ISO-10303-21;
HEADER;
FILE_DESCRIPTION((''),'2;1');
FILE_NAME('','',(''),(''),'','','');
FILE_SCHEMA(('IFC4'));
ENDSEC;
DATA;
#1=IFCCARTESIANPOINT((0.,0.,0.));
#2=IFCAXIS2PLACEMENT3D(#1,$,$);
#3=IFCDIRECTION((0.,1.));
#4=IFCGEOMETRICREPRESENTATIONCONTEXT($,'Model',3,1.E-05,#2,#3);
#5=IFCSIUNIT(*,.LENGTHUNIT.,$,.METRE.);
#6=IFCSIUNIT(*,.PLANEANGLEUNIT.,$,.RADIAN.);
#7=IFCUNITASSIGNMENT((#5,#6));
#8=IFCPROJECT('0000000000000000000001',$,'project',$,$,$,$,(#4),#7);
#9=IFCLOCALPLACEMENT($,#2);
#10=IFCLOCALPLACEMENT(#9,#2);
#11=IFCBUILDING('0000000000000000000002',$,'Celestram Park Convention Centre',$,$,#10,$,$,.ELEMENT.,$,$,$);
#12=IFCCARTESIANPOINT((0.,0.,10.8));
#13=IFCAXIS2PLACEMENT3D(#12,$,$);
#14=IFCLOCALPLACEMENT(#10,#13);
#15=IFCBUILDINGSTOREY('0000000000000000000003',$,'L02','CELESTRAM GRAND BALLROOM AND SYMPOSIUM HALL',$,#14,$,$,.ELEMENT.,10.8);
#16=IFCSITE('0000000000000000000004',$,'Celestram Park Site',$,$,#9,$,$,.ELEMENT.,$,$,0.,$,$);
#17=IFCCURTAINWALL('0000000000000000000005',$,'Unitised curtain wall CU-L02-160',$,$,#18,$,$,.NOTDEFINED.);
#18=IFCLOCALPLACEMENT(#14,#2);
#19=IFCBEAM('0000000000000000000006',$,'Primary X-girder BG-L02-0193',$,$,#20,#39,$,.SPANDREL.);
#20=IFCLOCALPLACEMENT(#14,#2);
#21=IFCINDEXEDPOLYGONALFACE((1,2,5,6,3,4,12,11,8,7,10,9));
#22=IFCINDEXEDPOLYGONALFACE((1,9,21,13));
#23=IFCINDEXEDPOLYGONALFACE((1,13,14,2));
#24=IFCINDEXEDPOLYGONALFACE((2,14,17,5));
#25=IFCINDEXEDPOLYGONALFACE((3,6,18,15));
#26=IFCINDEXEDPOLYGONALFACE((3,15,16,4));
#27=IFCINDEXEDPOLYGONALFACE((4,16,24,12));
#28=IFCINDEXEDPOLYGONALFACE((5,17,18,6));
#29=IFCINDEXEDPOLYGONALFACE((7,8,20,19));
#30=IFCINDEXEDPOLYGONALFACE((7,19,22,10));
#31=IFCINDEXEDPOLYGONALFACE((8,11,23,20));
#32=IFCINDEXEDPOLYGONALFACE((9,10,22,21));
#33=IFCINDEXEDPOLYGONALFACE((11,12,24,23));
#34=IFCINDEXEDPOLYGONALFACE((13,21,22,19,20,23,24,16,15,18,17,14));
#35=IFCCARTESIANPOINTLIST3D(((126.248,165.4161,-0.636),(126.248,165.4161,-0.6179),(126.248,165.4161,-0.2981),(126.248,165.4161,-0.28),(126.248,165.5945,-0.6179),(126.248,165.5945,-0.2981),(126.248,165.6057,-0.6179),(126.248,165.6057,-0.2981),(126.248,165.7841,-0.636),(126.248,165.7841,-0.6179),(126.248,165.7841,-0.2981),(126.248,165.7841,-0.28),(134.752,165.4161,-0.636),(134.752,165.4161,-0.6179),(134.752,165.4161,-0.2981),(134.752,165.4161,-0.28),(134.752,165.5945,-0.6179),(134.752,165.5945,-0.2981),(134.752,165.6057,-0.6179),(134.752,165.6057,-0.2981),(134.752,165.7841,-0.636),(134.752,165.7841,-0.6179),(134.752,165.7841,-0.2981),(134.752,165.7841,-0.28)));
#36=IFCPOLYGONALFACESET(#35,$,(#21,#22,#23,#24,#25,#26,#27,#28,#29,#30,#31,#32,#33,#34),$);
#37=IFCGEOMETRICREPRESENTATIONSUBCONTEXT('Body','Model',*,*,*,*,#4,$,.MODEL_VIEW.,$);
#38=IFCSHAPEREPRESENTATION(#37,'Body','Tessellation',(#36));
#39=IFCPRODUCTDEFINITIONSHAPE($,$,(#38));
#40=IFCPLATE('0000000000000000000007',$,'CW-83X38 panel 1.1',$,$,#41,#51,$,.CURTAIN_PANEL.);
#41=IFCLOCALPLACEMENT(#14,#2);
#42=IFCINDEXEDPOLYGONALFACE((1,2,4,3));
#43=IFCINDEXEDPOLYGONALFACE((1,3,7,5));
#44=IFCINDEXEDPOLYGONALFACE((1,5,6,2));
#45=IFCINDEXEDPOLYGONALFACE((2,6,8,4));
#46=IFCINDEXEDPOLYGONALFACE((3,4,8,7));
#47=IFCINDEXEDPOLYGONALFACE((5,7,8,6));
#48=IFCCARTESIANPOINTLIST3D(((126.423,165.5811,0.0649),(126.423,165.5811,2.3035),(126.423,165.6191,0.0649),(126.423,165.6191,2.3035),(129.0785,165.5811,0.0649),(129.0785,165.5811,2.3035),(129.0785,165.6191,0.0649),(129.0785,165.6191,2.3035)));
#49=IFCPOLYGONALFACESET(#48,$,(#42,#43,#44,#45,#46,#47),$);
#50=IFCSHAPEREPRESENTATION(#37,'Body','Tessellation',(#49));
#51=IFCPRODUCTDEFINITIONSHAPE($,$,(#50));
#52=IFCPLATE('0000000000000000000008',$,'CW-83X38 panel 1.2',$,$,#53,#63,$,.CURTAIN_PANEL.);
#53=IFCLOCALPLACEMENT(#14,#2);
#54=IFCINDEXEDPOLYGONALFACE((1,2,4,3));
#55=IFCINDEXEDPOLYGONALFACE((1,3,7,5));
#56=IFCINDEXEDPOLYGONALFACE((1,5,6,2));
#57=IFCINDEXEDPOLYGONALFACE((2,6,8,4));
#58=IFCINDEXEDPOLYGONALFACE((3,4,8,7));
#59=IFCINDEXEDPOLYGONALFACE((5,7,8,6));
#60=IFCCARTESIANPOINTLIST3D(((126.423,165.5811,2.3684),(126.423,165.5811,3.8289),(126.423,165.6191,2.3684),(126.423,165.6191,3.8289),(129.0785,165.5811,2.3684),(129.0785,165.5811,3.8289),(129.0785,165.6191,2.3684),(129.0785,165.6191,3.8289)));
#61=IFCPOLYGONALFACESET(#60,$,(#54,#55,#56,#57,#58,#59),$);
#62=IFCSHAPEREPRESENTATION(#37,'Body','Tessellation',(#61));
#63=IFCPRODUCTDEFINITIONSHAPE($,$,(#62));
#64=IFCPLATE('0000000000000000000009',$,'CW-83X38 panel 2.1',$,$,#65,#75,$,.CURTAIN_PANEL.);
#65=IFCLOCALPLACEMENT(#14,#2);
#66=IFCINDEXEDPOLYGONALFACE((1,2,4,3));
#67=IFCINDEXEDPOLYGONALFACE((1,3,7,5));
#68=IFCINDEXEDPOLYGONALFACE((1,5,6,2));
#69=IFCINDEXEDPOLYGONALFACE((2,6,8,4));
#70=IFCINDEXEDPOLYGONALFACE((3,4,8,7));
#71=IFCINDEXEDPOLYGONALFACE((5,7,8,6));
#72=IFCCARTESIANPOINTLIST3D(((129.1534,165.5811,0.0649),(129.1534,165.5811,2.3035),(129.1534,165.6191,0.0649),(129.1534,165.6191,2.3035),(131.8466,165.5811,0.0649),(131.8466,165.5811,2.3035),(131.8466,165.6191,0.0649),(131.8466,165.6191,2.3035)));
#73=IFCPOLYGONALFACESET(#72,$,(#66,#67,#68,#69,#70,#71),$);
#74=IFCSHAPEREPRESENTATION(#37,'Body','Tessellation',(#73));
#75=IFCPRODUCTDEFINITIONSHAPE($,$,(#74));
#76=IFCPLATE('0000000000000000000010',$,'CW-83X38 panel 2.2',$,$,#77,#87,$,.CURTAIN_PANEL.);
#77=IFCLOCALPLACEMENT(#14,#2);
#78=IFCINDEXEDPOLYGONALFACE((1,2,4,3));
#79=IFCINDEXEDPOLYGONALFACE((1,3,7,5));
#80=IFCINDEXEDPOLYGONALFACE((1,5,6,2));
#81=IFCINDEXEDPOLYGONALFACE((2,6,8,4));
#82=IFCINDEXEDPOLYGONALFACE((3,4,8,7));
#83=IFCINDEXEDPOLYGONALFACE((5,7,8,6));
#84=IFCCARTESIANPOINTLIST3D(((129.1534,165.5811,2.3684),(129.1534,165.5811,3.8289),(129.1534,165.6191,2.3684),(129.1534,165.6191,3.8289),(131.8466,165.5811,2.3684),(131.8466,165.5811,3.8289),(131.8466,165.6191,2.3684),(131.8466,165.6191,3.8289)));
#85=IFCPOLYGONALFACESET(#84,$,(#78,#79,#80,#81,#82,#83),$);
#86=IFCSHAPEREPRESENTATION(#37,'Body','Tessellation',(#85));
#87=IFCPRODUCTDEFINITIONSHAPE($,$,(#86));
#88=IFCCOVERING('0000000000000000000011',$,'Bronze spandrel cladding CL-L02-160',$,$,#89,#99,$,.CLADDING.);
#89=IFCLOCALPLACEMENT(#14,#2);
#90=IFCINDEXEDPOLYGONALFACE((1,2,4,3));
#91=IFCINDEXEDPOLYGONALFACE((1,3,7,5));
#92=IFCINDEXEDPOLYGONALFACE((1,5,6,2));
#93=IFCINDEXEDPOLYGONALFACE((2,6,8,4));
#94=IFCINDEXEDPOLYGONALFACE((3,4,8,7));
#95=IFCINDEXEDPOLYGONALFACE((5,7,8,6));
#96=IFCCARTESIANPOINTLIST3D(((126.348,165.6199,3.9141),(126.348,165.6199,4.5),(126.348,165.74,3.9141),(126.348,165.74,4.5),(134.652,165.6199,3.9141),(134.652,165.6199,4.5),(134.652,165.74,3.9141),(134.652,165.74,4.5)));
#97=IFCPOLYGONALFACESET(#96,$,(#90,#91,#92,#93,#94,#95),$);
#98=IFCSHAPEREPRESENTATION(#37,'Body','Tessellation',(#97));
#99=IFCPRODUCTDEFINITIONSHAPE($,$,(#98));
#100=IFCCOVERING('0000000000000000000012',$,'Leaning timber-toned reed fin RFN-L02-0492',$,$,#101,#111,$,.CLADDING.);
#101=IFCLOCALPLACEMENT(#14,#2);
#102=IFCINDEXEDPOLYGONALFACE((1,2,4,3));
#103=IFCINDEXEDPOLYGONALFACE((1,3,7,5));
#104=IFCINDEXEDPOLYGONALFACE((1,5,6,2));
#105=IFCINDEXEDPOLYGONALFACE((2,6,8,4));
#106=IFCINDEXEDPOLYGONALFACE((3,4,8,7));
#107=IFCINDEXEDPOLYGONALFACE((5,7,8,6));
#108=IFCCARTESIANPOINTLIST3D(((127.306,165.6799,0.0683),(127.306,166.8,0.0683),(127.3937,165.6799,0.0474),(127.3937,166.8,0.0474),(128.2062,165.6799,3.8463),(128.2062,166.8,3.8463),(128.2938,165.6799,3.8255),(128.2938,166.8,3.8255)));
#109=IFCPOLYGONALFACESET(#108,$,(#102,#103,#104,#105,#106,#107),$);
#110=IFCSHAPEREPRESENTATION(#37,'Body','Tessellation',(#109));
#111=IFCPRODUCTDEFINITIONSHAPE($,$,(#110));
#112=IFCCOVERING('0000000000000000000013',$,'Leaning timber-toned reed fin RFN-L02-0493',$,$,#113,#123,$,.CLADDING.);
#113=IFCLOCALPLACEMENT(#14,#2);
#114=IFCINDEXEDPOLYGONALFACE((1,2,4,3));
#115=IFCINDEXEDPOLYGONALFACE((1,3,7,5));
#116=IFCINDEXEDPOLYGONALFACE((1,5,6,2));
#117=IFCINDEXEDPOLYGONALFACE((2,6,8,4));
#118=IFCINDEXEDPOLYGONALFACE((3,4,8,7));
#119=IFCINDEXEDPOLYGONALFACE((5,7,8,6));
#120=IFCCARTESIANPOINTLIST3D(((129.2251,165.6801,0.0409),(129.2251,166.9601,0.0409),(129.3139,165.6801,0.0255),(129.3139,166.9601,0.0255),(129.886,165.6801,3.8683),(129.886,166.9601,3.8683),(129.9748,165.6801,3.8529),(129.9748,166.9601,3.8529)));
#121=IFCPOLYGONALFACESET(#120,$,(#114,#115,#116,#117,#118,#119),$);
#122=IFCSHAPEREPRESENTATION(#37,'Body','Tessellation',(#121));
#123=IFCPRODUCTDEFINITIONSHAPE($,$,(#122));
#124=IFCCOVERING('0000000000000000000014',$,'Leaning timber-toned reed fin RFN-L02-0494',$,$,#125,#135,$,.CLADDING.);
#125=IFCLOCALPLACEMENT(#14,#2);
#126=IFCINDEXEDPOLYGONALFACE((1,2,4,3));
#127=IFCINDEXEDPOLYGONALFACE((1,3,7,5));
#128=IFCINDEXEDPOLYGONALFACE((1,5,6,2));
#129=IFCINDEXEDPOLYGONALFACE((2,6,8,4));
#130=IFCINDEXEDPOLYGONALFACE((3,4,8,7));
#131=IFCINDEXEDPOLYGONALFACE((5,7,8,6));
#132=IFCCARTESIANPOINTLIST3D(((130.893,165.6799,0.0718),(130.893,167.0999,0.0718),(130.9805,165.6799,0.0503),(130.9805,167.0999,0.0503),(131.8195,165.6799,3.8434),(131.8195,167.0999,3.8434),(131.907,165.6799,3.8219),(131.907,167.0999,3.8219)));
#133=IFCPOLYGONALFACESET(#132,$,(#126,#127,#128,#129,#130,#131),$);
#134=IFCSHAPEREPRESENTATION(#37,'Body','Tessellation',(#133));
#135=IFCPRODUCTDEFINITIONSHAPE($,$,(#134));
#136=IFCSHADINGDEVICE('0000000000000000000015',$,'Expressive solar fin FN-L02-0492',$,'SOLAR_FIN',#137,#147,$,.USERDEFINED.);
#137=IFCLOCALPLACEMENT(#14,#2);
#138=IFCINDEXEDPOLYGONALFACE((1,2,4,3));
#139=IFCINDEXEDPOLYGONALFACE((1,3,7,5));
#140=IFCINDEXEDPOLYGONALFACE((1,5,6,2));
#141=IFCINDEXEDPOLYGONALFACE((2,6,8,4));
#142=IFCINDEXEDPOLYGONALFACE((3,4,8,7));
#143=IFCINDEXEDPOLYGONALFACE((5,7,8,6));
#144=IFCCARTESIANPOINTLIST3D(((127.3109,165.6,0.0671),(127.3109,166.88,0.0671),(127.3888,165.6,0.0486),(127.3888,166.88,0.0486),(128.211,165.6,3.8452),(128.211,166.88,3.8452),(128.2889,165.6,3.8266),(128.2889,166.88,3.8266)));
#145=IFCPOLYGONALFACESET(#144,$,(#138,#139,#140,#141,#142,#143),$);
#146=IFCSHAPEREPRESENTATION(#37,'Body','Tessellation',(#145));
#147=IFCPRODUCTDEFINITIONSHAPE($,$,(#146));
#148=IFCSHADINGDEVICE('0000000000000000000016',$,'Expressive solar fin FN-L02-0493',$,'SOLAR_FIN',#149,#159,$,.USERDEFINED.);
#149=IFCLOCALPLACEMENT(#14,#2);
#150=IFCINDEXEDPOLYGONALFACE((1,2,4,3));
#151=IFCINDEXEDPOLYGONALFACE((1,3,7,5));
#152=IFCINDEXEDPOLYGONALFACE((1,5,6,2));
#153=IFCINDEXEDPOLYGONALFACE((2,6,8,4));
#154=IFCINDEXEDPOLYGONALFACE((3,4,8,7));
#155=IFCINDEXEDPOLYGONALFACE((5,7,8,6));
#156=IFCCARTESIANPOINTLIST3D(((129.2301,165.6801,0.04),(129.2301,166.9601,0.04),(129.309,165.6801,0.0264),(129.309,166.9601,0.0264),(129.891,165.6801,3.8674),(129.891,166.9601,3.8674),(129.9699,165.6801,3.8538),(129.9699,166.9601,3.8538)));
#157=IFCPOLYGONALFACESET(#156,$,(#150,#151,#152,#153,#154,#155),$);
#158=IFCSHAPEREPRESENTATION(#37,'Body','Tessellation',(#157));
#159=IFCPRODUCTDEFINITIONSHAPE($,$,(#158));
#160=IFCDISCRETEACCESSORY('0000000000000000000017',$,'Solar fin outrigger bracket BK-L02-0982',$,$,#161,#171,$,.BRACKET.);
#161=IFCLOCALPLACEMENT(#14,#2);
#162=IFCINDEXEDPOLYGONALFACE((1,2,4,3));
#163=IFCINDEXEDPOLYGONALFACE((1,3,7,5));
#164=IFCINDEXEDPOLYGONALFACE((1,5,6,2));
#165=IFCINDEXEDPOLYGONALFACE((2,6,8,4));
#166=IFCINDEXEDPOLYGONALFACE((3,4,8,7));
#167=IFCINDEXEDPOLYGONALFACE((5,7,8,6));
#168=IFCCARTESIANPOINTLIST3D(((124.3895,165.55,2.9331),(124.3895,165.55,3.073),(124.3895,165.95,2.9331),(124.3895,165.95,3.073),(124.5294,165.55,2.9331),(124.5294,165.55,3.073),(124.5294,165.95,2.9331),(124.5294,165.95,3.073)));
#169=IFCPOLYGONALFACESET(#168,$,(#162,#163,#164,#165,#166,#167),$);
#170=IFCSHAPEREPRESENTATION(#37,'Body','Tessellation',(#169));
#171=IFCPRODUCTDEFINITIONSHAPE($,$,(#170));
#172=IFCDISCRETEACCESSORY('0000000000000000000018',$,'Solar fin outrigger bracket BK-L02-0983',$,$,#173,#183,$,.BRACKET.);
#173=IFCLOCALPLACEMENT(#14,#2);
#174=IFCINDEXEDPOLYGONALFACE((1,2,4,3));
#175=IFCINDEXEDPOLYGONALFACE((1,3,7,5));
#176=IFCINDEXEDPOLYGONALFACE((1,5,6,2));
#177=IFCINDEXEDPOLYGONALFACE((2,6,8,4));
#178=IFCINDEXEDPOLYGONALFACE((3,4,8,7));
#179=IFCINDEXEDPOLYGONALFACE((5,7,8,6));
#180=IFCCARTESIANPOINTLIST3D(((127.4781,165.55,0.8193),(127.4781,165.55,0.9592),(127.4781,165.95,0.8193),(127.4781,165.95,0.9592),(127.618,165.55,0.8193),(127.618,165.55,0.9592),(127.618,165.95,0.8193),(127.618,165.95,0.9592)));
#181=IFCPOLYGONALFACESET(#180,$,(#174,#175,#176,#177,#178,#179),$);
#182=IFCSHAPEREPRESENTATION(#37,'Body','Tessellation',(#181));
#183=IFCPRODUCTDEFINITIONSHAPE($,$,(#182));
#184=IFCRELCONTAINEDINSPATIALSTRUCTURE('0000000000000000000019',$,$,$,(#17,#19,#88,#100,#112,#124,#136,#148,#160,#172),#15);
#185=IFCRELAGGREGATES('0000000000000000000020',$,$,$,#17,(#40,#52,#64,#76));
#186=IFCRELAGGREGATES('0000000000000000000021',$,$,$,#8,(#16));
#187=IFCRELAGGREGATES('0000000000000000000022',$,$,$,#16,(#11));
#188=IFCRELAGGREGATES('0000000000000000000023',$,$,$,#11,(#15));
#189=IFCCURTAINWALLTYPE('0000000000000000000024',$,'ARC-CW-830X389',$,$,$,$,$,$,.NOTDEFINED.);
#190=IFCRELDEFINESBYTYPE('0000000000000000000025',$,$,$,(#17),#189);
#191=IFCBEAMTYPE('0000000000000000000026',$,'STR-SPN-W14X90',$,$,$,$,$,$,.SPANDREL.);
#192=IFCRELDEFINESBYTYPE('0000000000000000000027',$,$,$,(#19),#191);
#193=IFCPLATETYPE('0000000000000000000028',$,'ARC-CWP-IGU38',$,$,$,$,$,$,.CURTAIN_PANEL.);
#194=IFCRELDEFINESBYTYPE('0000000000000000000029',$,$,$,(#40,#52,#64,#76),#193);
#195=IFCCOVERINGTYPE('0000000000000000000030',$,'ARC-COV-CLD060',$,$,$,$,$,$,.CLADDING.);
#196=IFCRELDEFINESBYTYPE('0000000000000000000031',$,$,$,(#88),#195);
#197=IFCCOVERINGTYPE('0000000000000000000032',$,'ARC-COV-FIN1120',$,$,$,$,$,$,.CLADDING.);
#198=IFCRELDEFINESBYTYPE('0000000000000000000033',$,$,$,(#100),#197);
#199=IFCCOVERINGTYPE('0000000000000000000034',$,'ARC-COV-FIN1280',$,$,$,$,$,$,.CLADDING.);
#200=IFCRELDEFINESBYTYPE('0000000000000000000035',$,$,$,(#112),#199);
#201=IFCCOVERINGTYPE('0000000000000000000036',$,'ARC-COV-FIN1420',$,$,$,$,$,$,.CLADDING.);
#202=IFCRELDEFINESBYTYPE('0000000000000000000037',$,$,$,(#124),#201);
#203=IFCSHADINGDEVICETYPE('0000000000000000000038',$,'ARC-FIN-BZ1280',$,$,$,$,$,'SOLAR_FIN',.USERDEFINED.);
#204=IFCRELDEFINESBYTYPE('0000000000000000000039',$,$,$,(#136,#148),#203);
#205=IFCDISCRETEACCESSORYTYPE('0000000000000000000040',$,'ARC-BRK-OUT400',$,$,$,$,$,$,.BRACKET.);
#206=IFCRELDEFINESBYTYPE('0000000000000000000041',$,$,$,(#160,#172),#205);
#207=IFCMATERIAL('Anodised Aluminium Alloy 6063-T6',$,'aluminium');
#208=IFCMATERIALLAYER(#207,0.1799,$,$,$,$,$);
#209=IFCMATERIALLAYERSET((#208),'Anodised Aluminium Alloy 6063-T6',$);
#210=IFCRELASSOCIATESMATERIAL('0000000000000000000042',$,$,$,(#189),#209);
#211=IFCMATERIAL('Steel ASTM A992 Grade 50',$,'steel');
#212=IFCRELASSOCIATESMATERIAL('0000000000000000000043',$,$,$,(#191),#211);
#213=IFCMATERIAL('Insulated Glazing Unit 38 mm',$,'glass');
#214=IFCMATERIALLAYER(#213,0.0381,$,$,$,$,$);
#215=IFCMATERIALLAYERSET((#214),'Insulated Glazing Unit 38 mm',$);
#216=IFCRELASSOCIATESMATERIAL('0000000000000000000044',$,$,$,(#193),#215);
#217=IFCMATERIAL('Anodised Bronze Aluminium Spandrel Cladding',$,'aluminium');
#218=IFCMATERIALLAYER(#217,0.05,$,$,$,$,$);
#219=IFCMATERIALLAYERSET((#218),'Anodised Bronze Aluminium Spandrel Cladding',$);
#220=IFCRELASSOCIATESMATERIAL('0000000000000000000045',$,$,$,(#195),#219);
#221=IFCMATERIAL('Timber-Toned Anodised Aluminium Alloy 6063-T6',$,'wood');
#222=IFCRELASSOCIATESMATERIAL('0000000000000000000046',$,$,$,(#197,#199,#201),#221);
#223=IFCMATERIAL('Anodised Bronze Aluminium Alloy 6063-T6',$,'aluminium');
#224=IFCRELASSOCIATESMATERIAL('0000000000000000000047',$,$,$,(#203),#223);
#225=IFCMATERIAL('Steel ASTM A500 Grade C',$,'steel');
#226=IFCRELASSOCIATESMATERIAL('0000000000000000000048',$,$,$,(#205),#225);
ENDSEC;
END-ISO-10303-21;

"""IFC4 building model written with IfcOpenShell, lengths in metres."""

from ifc_helpers import new_model, si_unit, direction, frame, origin, origin_2d, place, context, subcontext, project, spatial, rectangle, i_section, extrude, material, layer, layer_set, material_profile, profile_set, type_object, element, aggregate, save


model = new_model("IFC4")

# Units and contexts
model_context = context("Model", 3, precision=1e-05, world=origin(), true_north=direction((0.0, 1.0)))
body_context = subcontext(model_context, "Body", "Model", "MODEL_VIEW")
ifc_project = project(units=[si_unit("LENGTHUNIT", "METRE"), si_unit("PLANEANGLEUNIT", "RADIAN")], contexts=[model_context])

# Site, building, storey
site_placement = place(None, origin())
site = spatial("IfcSite", under=ifc_project, at=site_placement, Name="Celestram Park Site", CompositionType="ELEMENT", RefElevation=0.0)
building_placement = place(site_placement, origin())
building = spatial("IfcBuilding", under=site, at=building_placement, Name="Celestram Park Convention Centre", CompositionType="ELEMENT")
storey_placement = place(building_placement, frame((0.0, 0.0, 10.8)))
storey = spatial("IfcBuildingStorey", under=building, at=storey_placement, Name="L02", Description="CELESTRAM GRAND BALLROOM AND SYMPOSIUM HALL", CompositionType="ELEMENT", Elevation=10.8)

# Shared definitions
ifc_material_1 = material(Name="Anodised Aluminium Alloy 6063-T6", Category="aluminium")
ifc_layer_1 = layer(ifc_material_1, 0.1799)
ifc_layer_set_1 = layer_set([ifc_layer_1], Name="Anodised Aluminium Alloy 6063-T6")
curtain_wall_type = type_object("IfcCurtainWallType", Name="ARC-CW-830X389", PredefinedType="NOTDEFINED", material=ifc_layer_set_1)

# Curtain wall
curtain_wall_1_placement = place(storey_placement, origin())
curtain_wall_1 = element("IfcCurtainWall", 1, at=curtain_wall_1_placement, inside=storey, type_object=curtain_wall_type, Name="Unitised curtain wall CU-L02-160", PredefinedType="NOTDEFINED")

# Beam
ifc_material_2 = material(Name="Steel ASTM A992 Grade 50", Category="steel")
ifc_material_profile_1 = material_profile(ifc_material_2, i_section(OverallWidth=0.3679, OverallDepth=0.356, WebThickness=0.0112, FlangeThickness=0.0181, at=origin_2d()), Name="W14X90")
ifc_profile_set_1 = profile_set([ifc_material_profile_1], Name="Steel ASTM A992 Grade 50")
beam_type = type_object("IfcBeamType", Name="STR-SPN-W14X90", PredefinedType="SPANDREL", material=ifc_profile_set_1)
beam_placement = place(storey_placement, frame((126.248, 165.6001, -0.458), z_axis=(1.0, 0.0, 0.0), x_axis=(0.0, 1.0, 0.0)))
element("IfcBeam", 2, at=beam_placement, inside=storey, type_object=beam_type, Name="Primary X-girder BG-L02-0193", PredefinedType="SPANDREL", context=body_context, shape_type="SweptSolid", body=[
    extrude(i_section(OverallWidth=0.3679, OverallDepth=0.356, WebThickness=0.0112, FlangeThickness=0.0181, at=origin_2d()), origin(), (0.0, 0.0, 1.0), 8.5039),
])

# Plates
ifc_material_3 = material(Name="Insulated Glazing Unit 38 mm", Category="glass")
ifc_layer_2 = layer(ifc_material_3, 0.0381)
ifc_layer_set_2 = layer_set([ifc_layer_2], Name="Insulated Glazing Unit 38 mm")
plate_type = type_object("IfcPlateType", Name="ARC-CWP-IGU38", PredefinedType="CURTAIN_PANEL", material=ifc_layer_set_2)
plate_1_placement = place(storey_placement, frame((127.7507, 165.6001, 0.0649), z_axis=(0.0, 0.0, 1.0), x_axis=(1.0, 0.0, 0.0)))
plate_1 = element("IfcPlate", 3, at=plate_1_placement, type_object=plate_type, Name="CW-83X38 panel 1.1", PredefinedType="CURTAIN_PANEL", context=body_context, shape_type="SweptSolid", body=[
    extrude(rectangle(XDim=2.6555, YDim=0.0381, at=origin_2d()), origin(), (0.0, 0.0, 1.0), 2.2385),
])
plate_2_placement = place(storey_placement, frame((127.7507, 165.6001, 2.3684), z_axis=(0.0, 0.0, 1.0), x_axis=(1.0, 0.0, 0.0)))
plate_2 = element("IfcPlate", 4, at=plate_2_placement, type_object=plate_type, Name="CW-83X38 panel 1.2", PredefinedType="CURTAIN_PANEL", context=body_context, shape_type="SweptSolid", body=[
    extrude(rectangle(XDim=2.6555, YDim=0.0381, at=origin_2d()), origin(), (0.0, 0.0, 1.0), 1.4604),
])
plate_3_placement = place(storey_placement, frame((130.5, 165.6001, 0.0649), z_axis=(0.0, 0.0, 1.0), x_axis=(1.0, 0.0, 0.0)))
plate_3 = element("IfcPlate", 5, at=plate_3_placement, type_object=plate_type, Name="CW-83X38 panel 2.1", PredefinedType="CURTAIN_PANEL", context=body_context, shape_type="SweptSolid", body=[
    extrude(rectangle(XDim=2.6931, YDim=0.0381, at=origin_2d()), origin(), (0.0, 0.0, 1.0), 2.2385),
])
plate_4_placement = place(storey_placement, frame((130.5, 165.6001, 2.3684), z_axis=(0.0, 0.0, 1.0), x_axis=(1.0, 0.0, 0.0)))
plate_4 = element("IfcPlate", 6, at=plate_4_placement, type_object=plate_type, Name="CW-83X38 panel 2.2", PredefinedType="CURTAIN_PANEL", context=body_context, shape_type="SweptSolid", body=[
    extrude(rectangle(XDim=2.6931, YDim=0.0381, at=origin_2d()), origin(), (0.0, 0.0, 1.0), 1.4604),
])
aggregate(curtain_wall_1, [plate_1, plate_2, plate_3, plate_4])

# Coverings
ifc_material_4 = material(Name="Anodised Bronze Aluminium Spandrel Cladding", Category="aluminium")
ifc_layer_3 = layer(ifc_material_4, 0.05)
ifc_layer_set_3 = layer_set([ifc_layer_3], Name="Anodised Bronze Aluminium Spandrel Cladding")
covering_type_1 = type_object("IfcCoveringType", Name="ARC-COV-CLD060", PredefinedType="CLADDING", material=ifc_layer_set_3)
covering_1_placement = place(storey_placement, frame((130.5, 165.6799, 3.9141), z_axis=(0.0, 0.0, 1.0), x_axis=(1.0, 0.0, 0.0)))
element("IfcCovering", 7, at=covering_1_placement, inside=storey, type_object=covering_type_1, Name="Bronze spandrel cladding CL-L02-160", PredefinedType="CLADDING", context=body_context, shape_type="SweptSolid", body=[
    extrude(rectangle(XDim=8.304, YDim=0.1201, at=origin_2d()), origin(), (0.0, 0.0, 1.0), 0.5859),
])
ifc_material_5 = material(Name="Timber-Toned Anodised Aluminium Alloy 6063-T6", Category="wood")
ifc_material_profile_2 = material_profile(ifc_material_5, rectangle(XDim=1.1201, YDim=0.0901, at=origin_2d()), Name="REED1120X90")
ifc_profile_set_2 = profile_set([ifc_material_profile_2], Name="Timber-Toned Anodised Aluminium Alloy 6063-T6")
covering_type_2 = type_object("IfcCoveringType", Name="ARC-COV-FIN1120", PredefinedType="CLADDING", material=ifc_profile_set_2)
covering_2_placement = place(storey_placement, frame((127.3499, 166.24, 0.0579), z_axis=(0.231768, 0.0, 0.972771), x_axis=(0.0, 1.0, 0.0)))
element("IfcCovering", 8, at=covering_2_placement, inside=storey, type_object=covering_type_2, Name="Leaning timber-toned reed fin RFN-L02-0492", PredefinedType="CLADDING", context=body_context, shape_type="SweptSolid", body=[
    extrude(rectangle(XDim=1.1201, YDim=0.0901, at=origin_2d()), origin(), (0.0, 0.0, 1.0), 3.8838),
])
ifc_material_profile_3 = material_profile(ifc_material_5, rectangle(XDim=1.28, YDim=0.0901, at=origin_2d()), Name="REED1280X90")
ifc_profile_set_3 = profile_set([ifc_material_profile_3], Name="Timber-Toned Anodised Aluminium Alloy 6063-T6")
covering_type_3 = type_object("IfcCoveringType", Name="ARC-COV-FIN1280", PredefinedType="CLADDING", material=ifc_profile_set_3)
covering_3_placement = place(storey_placement, frame((129.2695, 166.3201, 0.0332), z_axis=(0.170155, 0.0, 0.985417), x_axis=(0.0, 1.0, 0.0)))
element("IfcCovering", 9, at=covering_3_placement, inside=storey, type_object=covering_type_3, Name="Leaning timber-toned reed fin RFN-L02-0493", PredefinedType="CLADDING", context=body_context, shape_type="SweptSolid", body=[
    extrude(rectangle(XDim=1.28, YDim=0.0901, at=origin_2d()), origin(), (0.0, 0.0, 1.0), 3.884),
])
ifc_material_profile_4 = material_profile(ifc_material_5, rectangle(XDim=1.4199, YDim=0.0901, at=origin_2d()), Name="REED1420X90")
ifc_profile_set_4 = profile_set([ifc_material_profile_4], Name="Timber-Toned Anodised Aluminium Alloy 6063-T6")
covering_type_4 = type_object("IfcCoveringType", Name="ARC-COV-FIN1420", PredefinedType="CLADDING", material=ifc_profile_set_4)
covering_4_placement = place(storey_placement, frame((130.9368, 166.3899, 0.061), z_axis=(0.238555, 0.0, 0.971129), x_axis=(0.0, 1.0, 0.0)))
element("IfcCovering", 10, at=covering_4_placement, inside=storey, type_object=covering_type_4, Name="Leaning timber-toned reed fin RFN-L02-0494", PredefinedType="CLADDING", context=body_context, shape_type="SweptSolid", body=[
    extrude(rectangle(XDim=1.4199, YDim=0.0901, at=origin_2d()), origin(), (0.0, 0.0, 1.0), 3.8838),
])

# Shading devices
ifc_material_6 = material(Name="Anodised Bronze Aluminium Alloy 6063-T6", Category="aluminium")
ifc_material_profile_5 = material_profile(ifc_material_6, rectangle(XDim=1.28, YDim=0.0801, at=origin_2d()), Name="FIN1280X80")
ifc_profile_set_5 = profile_set([ifc_material_profile_5], Name="Anodised Bronze Aluminium Alloy 6063-T6")
shading_device_type = type_object("IfcShadingDeviceType", Name="ARC-FIN-BZ1280", ElementType="SOLAR_FIN", PredefinedType="USERDEFINED", material=ifc_profile_set_5)
shading_device_1_placement = place(storey_placement, frame((127.3499, 166.24, 0.0579), z_axis=(0.231768, 0.0, 0.972771), x_axis=(0.0, 1.0, 0.0)))
element("IfcShadingDevice", 11, at=shading_device_1_placement, inside=storey, type_object=shading_device_type, Name="Expressive solar fin FN-L02-0492", ObjectType="SOLAR_FIN", PredefinedType="USERDEFINED", context=body_context, shape_type="SweptSolid", body=[
    extrude(rectangle(XDim=1.28, YDim=0.0801, at=origin_2d()), origin(), (0.0, 0.0, 1.0), 3.8838),
])
shading_device_2_placement = place(storey_placement, frame((129.2695, 166.3201, 0.0332), z_axis=(0.170155, 0.0, 0.985417), x_axis=(0.0, 1.0, 0.0)))
element("IfcShadingDevice", 12, at=shading_device_2_placement, inside=storey, type_object=shading_device_type, Name="Expressive solar fin FN-L02-0493", ObjectType="SOLAR_FIN", PredefinedType="USERDEFINED", context=body_context, shape_type="SweptSolid", body=[
    extrude(rectangle(XDim=1.28, YDim=0.0801, at=origin_2d()), origin(), (0.0, 0.0, 1.0), 3.884),
])

# Discrete accessories
ifc_material_7 = material(Name="Steel ASTM A500 Grade C", Category="steel")
discrete_accessory_type = type_object("IfcDiscreteAccessoryType", Name="ARC-BRK-OUT400", PredefinedType="BRACKET", material=ifc_material_7)
for number, where, z_axis, x_axis, name in (
    (13, (124.4595, 165.75, 2.9331), (0.0, 0.0, 1.0), (0.0, 1.0, 0.0), "Solar fin outrigger bracket BK-L02-0982"),
    (14, (127.5481, 165.75, 0.8193), (0.0, 0.0, 1.0), (0.0, 1.0, 0.0), "Solar fin outrigger bracket BK-L02-0983"),
):
    element("IfcDiscreteAccessory", number, at=place(storey_placement, frame(where, z_axis=z_axis, x_axis=x_axis)), inside=storey, type_object=discrete_accessory_type, Name=name, PredefinedType="BRACKET", context=body_context, shape_type="SweptSolid", body=[
        extrude(rectangle(XDim=0.3999, YDim=0.1399, at=origin_2d()), origin(), (0.0, 0.0, 1.0), 0.1399),
    ])

save(model, "model.ifc")
